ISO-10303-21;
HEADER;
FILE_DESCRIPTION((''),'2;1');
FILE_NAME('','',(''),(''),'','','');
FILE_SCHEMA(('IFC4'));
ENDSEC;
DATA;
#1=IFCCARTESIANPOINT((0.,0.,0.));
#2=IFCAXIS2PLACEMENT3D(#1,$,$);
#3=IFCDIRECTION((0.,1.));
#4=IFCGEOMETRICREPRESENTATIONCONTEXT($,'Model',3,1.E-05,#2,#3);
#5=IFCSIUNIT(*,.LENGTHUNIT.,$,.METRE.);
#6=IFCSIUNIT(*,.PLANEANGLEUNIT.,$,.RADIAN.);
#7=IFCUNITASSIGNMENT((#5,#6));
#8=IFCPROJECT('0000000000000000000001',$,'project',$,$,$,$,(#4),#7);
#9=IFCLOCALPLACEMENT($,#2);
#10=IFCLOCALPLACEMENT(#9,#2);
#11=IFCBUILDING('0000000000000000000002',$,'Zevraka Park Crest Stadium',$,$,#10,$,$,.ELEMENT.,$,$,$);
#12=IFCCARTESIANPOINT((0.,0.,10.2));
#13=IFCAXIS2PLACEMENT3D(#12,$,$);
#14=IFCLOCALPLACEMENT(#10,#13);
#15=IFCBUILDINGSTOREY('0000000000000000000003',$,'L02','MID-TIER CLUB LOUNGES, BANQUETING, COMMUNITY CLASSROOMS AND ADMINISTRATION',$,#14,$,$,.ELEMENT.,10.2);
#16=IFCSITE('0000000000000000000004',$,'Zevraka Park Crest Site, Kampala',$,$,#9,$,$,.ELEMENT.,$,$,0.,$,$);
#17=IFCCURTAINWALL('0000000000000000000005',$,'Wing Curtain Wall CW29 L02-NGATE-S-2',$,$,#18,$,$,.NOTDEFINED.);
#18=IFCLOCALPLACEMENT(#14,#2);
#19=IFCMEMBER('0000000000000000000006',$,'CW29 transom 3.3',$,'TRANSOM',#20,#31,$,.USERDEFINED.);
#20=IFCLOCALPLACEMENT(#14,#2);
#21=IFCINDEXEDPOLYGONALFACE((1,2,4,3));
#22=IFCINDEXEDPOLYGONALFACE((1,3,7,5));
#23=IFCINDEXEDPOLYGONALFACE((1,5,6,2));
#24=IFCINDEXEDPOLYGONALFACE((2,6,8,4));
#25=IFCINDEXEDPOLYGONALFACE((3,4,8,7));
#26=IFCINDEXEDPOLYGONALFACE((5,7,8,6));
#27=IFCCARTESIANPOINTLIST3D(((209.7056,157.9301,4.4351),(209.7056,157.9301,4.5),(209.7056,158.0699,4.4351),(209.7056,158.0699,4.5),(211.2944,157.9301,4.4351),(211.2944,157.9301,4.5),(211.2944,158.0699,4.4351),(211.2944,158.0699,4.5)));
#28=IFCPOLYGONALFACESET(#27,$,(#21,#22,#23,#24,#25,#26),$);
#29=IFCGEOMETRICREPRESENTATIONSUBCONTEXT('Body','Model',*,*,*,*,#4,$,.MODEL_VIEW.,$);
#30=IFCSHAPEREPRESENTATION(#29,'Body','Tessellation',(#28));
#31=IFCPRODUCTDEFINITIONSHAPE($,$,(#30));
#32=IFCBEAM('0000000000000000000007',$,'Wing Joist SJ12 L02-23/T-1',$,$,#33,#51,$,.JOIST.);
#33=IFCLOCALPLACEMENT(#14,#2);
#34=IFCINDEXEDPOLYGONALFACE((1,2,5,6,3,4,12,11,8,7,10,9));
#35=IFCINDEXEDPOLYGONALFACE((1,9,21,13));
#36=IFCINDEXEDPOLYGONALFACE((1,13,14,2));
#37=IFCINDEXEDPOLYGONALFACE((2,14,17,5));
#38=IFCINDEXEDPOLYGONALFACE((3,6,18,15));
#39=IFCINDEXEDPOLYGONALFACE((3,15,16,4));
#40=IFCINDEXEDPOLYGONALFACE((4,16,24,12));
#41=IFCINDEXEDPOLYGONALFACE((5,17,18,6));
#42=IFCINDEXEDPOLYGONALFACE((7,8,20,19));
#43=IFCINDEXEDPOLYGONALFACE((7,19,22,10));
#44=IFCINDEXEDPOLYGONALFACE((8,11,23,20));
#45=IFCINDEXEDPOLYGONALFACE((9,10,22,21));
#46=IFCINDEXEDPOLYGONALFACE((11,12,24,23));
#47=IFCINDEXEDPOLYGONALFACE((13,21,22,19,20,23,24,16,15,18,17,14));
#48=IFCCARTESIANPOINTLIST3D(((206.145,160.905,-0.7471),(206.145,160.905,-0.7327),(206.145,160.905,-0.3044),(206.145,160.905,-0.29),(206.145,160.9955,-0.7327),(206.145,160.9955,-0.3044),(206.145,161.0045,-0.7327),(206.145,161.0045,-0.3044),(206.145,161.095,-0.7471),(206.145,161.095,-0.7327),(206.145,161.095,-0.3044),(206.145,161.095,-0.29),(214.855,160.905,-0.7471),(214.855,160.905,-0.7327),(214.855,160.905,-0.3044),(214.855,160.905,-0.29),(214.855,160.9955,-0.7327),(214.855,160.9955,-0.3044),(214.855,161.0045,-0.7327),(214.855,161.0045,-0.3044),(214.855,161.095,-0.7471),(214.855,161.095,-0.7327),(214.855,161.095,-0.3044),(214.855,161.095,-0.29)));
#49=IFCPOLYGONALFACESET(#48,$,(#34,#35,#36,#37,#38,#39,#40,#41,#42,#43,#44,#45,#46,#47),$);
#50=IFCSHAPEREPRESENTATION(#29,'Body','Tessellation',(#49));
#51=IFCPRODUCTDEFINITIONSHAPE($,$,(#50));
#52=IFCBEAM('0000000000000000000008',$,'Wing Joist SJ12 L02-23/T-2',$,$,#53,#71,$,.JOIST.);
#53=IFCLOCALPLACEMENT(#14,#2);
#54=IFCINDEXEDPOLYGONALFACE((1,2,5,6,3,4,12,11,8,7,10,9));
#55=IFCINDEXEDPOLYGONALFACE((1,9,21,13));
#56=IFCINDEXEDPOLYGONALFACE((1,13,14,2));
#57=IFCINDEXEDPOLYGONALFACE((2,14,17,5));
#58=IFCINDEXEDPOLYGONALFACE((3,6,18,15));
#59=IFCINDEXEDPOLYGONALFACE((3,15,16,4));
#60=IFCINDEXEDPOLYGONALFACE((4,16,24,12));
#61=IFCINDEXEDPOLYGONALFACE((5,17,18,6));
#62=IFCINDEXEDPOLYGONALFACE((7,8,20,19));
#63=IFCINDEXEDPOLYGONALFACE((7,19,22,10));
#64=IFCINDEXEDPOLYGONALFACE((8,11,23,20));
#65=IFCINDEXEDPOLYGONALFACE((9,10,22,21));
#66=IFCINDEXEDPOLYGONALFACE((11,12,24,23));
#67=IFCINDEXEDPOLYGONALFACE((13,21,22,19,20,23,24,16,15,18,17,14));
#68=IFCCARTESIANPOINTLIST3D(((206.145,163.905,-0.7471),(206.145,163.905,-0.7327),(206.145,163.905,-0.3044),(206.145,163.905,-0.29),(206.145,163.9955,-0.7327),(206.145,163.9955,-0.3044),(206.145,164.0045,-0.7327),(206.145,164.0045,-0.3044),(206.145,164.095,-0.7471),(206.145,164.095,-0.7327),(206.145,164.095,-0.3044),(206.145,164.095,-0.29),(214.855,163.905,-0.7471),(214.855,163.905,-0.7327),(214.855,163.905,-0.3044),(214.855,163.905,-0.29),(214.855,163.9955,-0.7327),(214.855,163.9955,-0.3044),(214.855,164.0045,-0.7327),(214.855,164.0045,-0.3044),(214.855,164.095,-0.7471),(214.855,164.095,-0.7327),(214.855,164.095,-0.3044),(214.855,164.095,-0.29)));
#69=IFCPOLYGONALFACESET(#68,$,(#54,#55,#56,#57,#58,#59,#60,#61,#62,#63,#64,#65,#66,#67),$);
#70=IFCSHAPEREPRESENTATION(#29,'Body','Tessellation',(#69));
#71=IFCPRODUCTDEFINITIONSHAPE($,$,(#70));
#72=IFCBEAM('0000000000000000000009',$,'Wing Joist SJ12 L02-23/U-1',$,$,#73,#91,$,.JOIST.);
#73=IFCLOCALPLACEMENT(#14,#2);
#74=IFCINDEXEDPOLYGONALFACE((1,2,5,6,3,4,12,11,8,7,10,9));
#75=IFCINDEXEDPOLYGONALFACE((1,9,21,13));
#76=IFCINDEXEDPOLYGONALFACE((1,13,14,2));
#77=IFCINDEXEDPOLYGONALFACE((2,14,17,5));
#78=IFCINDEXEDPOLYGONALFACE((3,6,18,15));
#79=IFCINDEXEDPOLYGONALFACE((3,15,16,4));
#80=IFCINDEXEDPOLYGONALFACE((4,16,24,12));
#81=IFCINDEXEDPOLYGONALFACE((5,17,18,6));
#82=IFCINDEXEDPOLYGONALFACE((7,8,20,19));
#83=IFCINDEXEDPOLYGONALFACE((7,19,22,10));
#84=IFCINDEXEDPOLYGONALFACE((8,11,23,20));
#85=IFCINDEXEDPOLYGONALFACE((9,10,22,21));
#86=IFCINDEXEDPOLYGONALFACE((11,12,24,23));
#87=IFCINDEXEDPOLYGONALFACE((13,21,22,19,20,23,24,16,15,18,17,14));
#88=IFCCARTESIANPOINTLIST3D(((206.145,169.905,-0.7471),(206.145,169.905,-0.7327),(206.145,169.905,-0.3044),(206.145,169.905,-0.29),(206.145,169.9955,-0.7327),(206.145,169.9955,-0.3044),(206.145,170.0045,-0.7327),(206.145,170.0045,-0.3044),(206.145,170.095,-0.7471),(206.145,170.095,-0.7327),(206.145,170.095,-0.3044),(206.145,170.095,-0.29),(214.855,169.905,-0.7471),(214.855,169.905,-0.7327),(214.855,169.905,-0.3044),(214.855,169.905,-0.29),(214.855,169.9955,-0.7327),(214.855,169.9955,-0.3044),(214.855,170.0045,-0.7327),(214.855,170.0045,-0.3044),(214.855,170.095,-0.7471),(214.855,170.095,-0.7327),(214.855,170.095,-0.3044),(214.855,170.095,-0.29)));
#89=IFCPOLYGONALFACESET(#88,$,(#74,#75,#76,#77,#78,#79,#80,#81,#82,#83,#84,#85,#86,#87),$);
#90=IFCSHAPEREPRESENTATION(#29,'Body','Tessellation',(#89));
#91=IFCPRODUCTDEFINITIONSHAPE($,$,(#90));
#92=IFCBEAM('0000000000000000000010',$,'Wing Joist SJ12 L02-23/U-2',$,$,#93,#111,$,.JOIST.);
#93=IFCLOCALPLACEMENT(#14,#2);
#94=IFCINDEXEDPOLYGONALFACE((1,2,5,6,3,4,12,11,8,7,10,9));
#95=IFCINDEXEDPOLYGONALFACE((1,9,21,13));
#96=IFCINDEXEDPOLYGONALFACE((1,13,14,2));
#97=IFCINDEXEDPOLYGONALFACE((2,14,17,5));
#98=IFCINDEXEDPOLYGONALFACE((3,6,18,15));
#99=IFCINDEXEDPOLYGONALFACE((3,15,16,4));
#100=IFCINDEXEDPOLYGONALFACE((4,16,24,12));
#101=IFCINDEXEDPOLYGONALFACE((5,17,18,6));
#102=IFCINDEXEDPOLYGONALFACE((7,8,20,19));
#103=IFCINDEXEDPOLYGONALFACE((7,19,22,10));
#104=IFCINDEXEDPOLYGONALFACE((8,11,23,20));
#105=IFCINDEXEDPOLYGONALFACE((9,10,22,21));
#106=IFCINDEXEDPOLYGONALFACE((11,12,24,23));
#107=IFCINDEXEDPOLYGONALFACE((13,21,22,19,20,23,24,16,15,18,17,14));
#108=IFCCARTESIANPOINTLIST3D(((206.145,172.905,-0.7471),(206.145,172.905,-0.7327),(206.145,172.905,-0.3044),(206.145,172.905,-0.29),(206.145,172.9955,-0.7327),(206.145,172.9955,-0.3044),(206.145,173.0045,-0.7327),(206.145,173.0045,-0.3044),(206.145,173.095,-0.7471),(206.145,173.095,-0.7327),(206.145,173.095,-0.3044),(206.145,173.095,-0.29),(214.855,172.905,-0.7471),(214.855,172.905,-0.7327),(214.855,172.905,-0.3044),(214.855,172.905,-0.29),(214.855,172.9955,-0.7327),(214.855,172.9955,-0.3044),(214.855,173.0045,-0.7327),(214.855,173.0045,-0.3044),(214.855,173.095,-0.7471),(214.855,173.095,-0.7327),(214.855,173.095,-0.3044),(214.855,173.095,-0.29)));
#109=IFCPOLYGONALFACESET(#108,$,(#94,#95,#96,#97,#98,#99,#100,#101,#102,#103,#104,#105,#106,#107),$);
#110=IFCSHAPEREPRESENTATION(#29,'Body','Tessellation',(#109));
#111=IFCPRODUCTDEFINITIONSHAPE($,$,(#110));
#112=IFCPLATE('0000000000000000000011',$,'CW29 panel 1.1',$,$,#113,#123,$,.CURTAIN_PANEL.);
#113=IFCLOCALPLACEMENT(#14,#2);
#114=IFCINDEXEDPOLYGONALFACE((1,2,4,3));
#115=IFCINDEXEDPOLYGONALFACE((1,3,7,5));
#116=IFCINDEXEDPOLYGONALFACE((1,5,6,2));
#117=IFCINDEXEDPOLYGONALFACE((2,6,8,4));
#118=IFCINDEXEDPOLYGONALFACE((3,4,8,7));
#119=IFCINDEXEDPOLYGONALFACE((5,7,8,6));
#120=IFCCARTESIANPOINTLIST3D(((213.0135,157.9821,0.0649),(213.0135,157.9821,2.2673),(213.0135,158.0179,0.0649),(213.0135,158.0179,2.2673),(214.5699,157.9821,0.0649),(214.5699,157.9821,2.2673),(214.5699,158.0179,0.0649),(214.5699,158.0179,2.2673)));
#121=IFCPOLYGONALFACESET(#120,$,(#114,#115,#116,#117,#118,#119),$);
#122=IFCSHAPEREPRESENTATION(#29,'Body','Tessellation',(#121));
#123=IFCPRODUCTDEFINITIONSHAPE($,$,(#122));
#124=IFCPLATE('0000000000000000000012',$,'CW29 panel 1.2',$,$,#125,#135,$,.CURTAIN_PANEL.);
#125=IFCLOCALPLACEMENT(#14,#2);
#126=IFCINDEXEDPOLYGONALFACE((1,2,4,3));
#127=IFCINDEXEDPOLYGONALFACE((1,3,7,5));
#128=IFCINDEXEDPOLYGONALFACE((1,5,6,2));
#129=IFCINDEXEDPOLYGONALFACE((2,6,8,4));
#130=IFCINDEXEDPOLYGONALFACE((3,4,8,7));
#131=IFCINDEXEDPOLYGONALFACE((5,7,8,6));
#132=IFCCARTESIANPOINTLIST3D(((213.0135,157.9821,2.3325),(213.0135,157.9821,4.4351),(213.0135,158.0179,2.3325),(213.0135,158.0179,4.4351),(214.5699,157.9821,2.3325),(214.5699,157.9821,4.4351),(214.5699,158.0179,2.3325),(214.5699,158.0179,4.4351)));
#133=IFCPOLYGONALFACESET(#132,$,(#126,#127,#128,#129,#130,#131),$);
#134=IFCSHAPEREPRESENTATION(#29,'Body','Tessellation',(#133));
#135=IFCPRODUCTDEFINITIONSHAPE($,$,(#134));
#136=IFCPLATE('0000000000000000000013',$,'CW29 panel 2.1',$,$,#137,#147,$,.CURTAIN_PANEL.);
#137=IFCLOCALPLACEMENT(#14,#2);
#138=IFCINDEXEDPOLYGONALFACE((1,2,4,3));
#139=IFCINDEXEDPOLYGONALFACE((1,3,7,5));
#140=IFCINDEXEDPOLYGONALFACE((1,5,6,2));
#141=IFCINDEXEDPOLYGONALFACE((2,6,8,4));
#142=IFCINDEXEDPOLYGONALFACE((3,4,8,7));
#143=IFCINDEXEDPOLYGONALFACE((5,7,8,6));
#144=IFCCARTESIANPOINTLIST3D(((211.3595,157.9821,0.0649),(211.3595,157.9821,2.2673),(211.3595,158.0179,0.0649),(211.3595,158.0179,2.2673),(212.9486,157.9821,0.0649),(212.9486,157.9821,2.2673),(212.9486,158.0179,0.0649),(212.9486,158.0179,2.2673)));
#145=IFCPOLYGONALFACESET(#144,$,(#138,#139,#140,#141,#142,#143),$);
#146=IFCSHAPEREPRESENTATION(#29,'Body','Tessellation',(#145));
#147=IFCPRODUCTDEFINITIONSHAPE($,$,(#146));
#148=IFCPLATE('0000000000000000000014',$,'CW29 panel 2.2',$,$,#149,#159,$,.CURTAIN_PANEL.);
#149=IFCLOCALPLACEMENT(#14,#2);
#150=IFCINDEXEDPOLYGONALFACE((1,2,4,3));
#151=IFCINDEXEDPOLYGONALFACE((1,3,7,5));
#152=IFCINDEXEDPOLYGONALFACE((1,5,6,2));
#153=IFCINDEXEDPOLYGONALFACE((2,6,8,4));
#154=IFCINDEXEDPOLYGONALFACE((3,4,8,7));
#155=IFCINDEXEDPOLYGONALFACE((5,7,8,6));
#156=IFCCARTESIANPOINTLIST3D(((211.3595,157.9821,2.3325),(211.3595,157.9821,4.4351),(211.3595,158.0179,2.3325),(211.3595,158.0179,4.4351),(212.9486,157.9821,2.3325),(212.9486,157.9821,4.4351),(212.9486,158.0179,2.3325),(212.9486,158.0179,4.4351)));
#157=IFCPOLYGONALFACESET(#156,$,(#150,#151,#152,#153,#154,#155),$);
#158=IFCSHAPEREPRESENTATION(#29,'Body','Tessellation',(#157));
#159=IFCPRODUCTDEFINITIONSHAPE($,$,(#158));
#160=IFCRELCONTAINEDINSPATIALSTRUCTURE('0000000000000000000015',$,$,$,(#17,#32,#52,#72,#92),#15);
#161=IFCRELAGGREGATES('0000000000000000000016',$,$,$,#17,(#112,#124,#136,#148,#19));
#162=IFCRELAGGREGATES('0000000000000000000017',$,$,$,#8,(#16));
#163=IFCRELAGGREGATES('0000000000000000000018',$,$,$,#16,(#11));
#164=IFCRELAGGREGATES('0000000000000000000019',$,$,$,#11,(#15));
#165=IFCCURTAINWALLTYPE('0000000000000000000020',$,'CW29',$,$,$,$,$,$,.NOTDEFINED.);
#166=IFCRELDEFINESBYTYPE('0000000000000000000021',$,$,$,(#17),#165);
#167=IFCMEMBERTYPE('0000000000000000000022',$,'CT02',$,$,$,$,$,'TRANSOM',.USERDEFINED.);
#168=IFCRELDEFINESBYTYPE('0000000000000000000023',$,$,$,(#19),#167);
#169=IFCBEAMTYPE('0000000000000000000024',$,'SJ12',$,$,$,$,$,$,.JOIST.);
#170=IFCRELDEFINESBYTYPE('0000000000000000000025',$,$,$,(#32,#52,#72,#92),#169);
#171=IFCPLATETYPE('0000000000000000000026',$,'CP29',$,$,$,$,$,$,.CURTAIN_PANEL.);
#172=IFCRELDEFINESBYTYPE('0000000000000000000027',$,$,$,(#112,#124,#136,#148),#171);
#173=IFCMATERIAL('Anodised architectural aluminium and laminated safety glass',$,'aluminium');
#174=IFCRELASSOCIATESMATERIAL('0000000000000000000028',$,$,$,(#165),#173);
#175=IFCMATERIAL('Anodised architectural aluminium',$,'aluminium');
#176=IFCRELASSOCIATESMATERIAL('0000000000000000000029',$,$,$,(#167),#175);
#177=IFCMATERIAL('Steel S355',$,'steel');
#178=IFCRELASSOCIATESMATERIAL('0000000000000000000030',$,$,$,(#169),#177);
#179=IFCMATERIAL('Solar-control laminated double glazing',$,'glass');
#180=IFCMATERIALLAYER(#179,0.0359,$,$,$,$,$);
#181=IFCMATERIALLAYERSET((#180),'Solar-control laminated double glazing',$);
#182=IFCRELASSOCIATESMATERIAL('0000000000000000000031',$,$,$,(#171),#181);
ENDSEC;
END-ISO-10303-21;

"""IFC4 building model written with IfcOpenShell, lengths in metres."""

from ifc_helpers import new_model, si_unit, direction, frame, origin, origin_2d, place, context, subcontext, project, spatial, rectangle, i_section, extrude, material, layer, layer_set, material_profile, profile_set, type_object, element, aggregate, save


model = new_model("IFC4")

# Units and contexts
model_context = context("Model", 3, precision=1e-05, world=origin(), true_north=direction((0.0, 1.0)))
body_context = subcontext(model_context, "Body", "Model", "MODEL_VIEW")
ifc_project = project(units=[si_unit("LENGTHUNIT", "METRE"), si_unit("PLANEANGLEUNIT", "RADIAN")], contexts=[model_context])

# Site, building, storey
site_placement = place(None, origin())
site = spatial("IfcSite", under=ifc_project, at=site_placement, Name="Zevraka Park Crest Site, Kampala", CompositionType="ELEMENT", RefElevation=0.0)
building_placement = place(site_placement, origin())
building = spatial("IfcBuilding", under=site, at=building_placement, Name="Zevraka Park Crest Stadium", CompositionType="ELEMENT")
storey_placement = place(building_placement, frame((0.0, 0.0, 10.2)))
storey = spatial("IfcBuildingStorey", under=building, at=storey_placement, Name="L02", Description="MID-TIER CLUB LOUNGES, BANQUETING, COMMUNITY CLASSROOMS AND ADMINISTRATION", CompositionType="ELEMENT", Elevation=10.2)

# Curtain wall, member
ifc_material_1 = material(Name="Anodised architectural aluminium and laminated safety glass", Category="aluminium")
curtain_wall_type = type_object("IfcCurtainWallType", Name="CW29", PredefinedType="NOTDEFINED", material=ifc_material_1)
curtain_wall_placement = place(storey_placement, origin())
curtain_wall = element("IfcCurtainWall", 1, at=curtain_wall_placement, inside=storey, type_object=curtain_wall_type, Name="Wing Curtain Wall CW29 L02-NGATE-S-2", PredefinedType="NOTDEFINED")
ifc_material_2 = material(Name="Anodised architectural aluminium", Category="aluminium")
ifc_material_profile_1 = material_profile(ifc_material_2, rectangle(XDim=0.1399, YDim=0.0649, at=origin_2d()), Name="ALU TRANSOM 140x65")
ifc_profile_set_1 = profile_set([ifc_material_profile_1], Name="Anodised architectural aluminium")
member_type_1 = type_object("IfcMemberType", Name="CT02", ElementType="TRANSOM", PredefinedType="USERDEFINED", material=ifc_profile_set_1)
member_1_placement = place(storey_placement, frame((211.2944, 158.0, 4.4675), z_axis=(-1.0, 0.0, 0.0), x_axis=(0.0, -1.0, 0.0)))
member_1 = element("IfcMember", 2, at=member_1_placement, type_object=member_type_1, Name="CW29 transom 3.3", ObjectType="TRANSOM", PredefinedType="USERDEFINED", context=body_context, shape_type="SweptSolid", body=[
    extrude(rectangle(XDim=0.1399, YDim=0.0649, at=origin_2d()), origin(), (0.0, 0.0, 1.0), 1.5889),
])

# Beams
ifc_material_3 = material(Name="Steel S355", Category="steel")
ifc_material_profile_2 = material_profile(ifc_material_3, i_section(OverallWidth=0.1899, OverallDepth=0.457, WebThickness=0.009, FlangeThickness=0.0144, at=origin_2d()), Name="UKB 457x191x74")
ifc_profile_set_2 = profile_set([ifc_material_profile_2], Name="Steel S355")
beam_type_1 = type_object("IfcBeamType", Name="SJ12", PredefinedType="JOIST", material=ifc_profile_set_2)
for number, where, z_axis, x_axis, name in (
    (3, (206.145, 161.0, -0.5186), (1.0, 0.0, 0.0), (0.0, 1.0, 0.0), "Wing Joist SJ12 L02-23/T-1"),
    (4, (206.145, 164.0, -0.5186), (1.0, 0.0, 0.0), (0.0, 1.0, 0.0), "Wing Joist SJ12 L02-23/T-2"),
    (5, (206.145, 170.0, -0.5186), (1.0, 0.0, 0.0), (0.0, 1.0, 0.0), "Wing Joist SJ12 L02-23/U-1"),
    (6, (206.145, 173.0, -0.5186), (1.0, 0.0, 0.0), (0.0, 1.0, 0.0), "Wing Joist SJ12 L02-23/U-2"),
):
    element("IfcBeam", number, at=place(storey_placement, frame(where, z_axis=z_axis, x_axis=x_axis)), inside=storey, type_object=beam_type_1, Name=name, PredefinedType="JOIST", context=body_context, shape_type="SweptSolid", body=[
        extrude(i_section(OverallWidth=0.1899, OverallDepth=0.457, WebThickness=0.009, FlangeThickness=0.0144, at=origin_2d()), origin(), (0.0, 0.0, 1.0), 8.71),
    ])

# Plates
ifc_material_4 = material(Name="Solar-control laminated double glazing", Category="glass")
ifc_layer = layer(ifc_material_4, 0.0359)
ifc_layer_set = layer_set([ifc_layer], Name="Solar-control laminated double glazing")
plate_type = type_object("IfcPlateType", Name="CP29", PredefinedType="CURTAIN_PANEL", material=ifc_layer_set)
plate_1_placement = place(storey_placement, frame((213.7917, 158.0, 0.0649), z_axis=(0.0, 0.0, 1.0), x_axis=(-1.0, 0.0, 0.0)))
plate_1 = element("IfcPlate", 7, at=plate_1_placement, type_object=plate_type, Name="CW29 panel 1.1", PredefinedType="CURTAIN_PANEL", context=body_context, shape_type="SweptSolid", body=[
    extrude(rectangle(XDim=1.5564, YDim=0.0359, at=origin_2d()), origin(), (0.0, 0.0, 1.0), 2.2024),
])
plate_2_placement = place(storey_placement, frame((213.7917, 158.0, 2.3325), z_axis=(0.0, 0.0, 1.0), x_axis=(-1.0, 0.0, 0.0)))
plate_2 = element("IfcPlate", 8, at=plate_2_placement, type_object=plate_type, Name="CW29 panel 1.2", PredefinedType="CURTAIN_PANEL", context=body_context, shape_type="SweptSolid", body=[
    extrude(rectangle(XDim=1.5564, YDim=0.0359, at=origin_2d()), origin(), (0.0, 0.0, 1.0), 2.1025),
])
plate_3_placement = place(storey_placement, frame((212.1541, 158.0, 0.0649), z_axis=(0.0, 0.0, 1.0), x_axis=(-1.0, 0.0, 0.0)))
plate_3 = element("IfcPlate", 9, at=plate_3_placement, type_object=plate_type, Name="CW29 panel 2.1", PredefinedType="CURTAIN_PANEL", context=body_context, shape_type="SweptSolid", body=[
    extrude(rectangle(XDim=1.5891, YDim=0.0359, at=origin_2d()), origin(), (0.0, 0.0, 1.0), 2.2024),
])
plate_4_placement = place(storey_placement, frame((212.1541, 158.0, 2.3325), z_axis=(0.0, 0.0, 1.0), x_axis=(-1.0, 0.0, 0.0)))
plate_4 = element("IfcPlate", 10, at=plate_4_placement, type_object=plate_type, Name="CW29 panel 2.2", PredefinedType="CURTAIN_PANEL", context=body_context, shape_type="SweptSolid", body=[
    extrude(rectangle(XDim=1.5891, YDim=0.0359, at=origin_2d()), origin(), (0.0, 0.0, 1.0), 2.1025),
])
aggregate(curtain_wall, [plate_1, plate_2, plate_3, plate_4, member_1])

save(model, "model.ifc")
